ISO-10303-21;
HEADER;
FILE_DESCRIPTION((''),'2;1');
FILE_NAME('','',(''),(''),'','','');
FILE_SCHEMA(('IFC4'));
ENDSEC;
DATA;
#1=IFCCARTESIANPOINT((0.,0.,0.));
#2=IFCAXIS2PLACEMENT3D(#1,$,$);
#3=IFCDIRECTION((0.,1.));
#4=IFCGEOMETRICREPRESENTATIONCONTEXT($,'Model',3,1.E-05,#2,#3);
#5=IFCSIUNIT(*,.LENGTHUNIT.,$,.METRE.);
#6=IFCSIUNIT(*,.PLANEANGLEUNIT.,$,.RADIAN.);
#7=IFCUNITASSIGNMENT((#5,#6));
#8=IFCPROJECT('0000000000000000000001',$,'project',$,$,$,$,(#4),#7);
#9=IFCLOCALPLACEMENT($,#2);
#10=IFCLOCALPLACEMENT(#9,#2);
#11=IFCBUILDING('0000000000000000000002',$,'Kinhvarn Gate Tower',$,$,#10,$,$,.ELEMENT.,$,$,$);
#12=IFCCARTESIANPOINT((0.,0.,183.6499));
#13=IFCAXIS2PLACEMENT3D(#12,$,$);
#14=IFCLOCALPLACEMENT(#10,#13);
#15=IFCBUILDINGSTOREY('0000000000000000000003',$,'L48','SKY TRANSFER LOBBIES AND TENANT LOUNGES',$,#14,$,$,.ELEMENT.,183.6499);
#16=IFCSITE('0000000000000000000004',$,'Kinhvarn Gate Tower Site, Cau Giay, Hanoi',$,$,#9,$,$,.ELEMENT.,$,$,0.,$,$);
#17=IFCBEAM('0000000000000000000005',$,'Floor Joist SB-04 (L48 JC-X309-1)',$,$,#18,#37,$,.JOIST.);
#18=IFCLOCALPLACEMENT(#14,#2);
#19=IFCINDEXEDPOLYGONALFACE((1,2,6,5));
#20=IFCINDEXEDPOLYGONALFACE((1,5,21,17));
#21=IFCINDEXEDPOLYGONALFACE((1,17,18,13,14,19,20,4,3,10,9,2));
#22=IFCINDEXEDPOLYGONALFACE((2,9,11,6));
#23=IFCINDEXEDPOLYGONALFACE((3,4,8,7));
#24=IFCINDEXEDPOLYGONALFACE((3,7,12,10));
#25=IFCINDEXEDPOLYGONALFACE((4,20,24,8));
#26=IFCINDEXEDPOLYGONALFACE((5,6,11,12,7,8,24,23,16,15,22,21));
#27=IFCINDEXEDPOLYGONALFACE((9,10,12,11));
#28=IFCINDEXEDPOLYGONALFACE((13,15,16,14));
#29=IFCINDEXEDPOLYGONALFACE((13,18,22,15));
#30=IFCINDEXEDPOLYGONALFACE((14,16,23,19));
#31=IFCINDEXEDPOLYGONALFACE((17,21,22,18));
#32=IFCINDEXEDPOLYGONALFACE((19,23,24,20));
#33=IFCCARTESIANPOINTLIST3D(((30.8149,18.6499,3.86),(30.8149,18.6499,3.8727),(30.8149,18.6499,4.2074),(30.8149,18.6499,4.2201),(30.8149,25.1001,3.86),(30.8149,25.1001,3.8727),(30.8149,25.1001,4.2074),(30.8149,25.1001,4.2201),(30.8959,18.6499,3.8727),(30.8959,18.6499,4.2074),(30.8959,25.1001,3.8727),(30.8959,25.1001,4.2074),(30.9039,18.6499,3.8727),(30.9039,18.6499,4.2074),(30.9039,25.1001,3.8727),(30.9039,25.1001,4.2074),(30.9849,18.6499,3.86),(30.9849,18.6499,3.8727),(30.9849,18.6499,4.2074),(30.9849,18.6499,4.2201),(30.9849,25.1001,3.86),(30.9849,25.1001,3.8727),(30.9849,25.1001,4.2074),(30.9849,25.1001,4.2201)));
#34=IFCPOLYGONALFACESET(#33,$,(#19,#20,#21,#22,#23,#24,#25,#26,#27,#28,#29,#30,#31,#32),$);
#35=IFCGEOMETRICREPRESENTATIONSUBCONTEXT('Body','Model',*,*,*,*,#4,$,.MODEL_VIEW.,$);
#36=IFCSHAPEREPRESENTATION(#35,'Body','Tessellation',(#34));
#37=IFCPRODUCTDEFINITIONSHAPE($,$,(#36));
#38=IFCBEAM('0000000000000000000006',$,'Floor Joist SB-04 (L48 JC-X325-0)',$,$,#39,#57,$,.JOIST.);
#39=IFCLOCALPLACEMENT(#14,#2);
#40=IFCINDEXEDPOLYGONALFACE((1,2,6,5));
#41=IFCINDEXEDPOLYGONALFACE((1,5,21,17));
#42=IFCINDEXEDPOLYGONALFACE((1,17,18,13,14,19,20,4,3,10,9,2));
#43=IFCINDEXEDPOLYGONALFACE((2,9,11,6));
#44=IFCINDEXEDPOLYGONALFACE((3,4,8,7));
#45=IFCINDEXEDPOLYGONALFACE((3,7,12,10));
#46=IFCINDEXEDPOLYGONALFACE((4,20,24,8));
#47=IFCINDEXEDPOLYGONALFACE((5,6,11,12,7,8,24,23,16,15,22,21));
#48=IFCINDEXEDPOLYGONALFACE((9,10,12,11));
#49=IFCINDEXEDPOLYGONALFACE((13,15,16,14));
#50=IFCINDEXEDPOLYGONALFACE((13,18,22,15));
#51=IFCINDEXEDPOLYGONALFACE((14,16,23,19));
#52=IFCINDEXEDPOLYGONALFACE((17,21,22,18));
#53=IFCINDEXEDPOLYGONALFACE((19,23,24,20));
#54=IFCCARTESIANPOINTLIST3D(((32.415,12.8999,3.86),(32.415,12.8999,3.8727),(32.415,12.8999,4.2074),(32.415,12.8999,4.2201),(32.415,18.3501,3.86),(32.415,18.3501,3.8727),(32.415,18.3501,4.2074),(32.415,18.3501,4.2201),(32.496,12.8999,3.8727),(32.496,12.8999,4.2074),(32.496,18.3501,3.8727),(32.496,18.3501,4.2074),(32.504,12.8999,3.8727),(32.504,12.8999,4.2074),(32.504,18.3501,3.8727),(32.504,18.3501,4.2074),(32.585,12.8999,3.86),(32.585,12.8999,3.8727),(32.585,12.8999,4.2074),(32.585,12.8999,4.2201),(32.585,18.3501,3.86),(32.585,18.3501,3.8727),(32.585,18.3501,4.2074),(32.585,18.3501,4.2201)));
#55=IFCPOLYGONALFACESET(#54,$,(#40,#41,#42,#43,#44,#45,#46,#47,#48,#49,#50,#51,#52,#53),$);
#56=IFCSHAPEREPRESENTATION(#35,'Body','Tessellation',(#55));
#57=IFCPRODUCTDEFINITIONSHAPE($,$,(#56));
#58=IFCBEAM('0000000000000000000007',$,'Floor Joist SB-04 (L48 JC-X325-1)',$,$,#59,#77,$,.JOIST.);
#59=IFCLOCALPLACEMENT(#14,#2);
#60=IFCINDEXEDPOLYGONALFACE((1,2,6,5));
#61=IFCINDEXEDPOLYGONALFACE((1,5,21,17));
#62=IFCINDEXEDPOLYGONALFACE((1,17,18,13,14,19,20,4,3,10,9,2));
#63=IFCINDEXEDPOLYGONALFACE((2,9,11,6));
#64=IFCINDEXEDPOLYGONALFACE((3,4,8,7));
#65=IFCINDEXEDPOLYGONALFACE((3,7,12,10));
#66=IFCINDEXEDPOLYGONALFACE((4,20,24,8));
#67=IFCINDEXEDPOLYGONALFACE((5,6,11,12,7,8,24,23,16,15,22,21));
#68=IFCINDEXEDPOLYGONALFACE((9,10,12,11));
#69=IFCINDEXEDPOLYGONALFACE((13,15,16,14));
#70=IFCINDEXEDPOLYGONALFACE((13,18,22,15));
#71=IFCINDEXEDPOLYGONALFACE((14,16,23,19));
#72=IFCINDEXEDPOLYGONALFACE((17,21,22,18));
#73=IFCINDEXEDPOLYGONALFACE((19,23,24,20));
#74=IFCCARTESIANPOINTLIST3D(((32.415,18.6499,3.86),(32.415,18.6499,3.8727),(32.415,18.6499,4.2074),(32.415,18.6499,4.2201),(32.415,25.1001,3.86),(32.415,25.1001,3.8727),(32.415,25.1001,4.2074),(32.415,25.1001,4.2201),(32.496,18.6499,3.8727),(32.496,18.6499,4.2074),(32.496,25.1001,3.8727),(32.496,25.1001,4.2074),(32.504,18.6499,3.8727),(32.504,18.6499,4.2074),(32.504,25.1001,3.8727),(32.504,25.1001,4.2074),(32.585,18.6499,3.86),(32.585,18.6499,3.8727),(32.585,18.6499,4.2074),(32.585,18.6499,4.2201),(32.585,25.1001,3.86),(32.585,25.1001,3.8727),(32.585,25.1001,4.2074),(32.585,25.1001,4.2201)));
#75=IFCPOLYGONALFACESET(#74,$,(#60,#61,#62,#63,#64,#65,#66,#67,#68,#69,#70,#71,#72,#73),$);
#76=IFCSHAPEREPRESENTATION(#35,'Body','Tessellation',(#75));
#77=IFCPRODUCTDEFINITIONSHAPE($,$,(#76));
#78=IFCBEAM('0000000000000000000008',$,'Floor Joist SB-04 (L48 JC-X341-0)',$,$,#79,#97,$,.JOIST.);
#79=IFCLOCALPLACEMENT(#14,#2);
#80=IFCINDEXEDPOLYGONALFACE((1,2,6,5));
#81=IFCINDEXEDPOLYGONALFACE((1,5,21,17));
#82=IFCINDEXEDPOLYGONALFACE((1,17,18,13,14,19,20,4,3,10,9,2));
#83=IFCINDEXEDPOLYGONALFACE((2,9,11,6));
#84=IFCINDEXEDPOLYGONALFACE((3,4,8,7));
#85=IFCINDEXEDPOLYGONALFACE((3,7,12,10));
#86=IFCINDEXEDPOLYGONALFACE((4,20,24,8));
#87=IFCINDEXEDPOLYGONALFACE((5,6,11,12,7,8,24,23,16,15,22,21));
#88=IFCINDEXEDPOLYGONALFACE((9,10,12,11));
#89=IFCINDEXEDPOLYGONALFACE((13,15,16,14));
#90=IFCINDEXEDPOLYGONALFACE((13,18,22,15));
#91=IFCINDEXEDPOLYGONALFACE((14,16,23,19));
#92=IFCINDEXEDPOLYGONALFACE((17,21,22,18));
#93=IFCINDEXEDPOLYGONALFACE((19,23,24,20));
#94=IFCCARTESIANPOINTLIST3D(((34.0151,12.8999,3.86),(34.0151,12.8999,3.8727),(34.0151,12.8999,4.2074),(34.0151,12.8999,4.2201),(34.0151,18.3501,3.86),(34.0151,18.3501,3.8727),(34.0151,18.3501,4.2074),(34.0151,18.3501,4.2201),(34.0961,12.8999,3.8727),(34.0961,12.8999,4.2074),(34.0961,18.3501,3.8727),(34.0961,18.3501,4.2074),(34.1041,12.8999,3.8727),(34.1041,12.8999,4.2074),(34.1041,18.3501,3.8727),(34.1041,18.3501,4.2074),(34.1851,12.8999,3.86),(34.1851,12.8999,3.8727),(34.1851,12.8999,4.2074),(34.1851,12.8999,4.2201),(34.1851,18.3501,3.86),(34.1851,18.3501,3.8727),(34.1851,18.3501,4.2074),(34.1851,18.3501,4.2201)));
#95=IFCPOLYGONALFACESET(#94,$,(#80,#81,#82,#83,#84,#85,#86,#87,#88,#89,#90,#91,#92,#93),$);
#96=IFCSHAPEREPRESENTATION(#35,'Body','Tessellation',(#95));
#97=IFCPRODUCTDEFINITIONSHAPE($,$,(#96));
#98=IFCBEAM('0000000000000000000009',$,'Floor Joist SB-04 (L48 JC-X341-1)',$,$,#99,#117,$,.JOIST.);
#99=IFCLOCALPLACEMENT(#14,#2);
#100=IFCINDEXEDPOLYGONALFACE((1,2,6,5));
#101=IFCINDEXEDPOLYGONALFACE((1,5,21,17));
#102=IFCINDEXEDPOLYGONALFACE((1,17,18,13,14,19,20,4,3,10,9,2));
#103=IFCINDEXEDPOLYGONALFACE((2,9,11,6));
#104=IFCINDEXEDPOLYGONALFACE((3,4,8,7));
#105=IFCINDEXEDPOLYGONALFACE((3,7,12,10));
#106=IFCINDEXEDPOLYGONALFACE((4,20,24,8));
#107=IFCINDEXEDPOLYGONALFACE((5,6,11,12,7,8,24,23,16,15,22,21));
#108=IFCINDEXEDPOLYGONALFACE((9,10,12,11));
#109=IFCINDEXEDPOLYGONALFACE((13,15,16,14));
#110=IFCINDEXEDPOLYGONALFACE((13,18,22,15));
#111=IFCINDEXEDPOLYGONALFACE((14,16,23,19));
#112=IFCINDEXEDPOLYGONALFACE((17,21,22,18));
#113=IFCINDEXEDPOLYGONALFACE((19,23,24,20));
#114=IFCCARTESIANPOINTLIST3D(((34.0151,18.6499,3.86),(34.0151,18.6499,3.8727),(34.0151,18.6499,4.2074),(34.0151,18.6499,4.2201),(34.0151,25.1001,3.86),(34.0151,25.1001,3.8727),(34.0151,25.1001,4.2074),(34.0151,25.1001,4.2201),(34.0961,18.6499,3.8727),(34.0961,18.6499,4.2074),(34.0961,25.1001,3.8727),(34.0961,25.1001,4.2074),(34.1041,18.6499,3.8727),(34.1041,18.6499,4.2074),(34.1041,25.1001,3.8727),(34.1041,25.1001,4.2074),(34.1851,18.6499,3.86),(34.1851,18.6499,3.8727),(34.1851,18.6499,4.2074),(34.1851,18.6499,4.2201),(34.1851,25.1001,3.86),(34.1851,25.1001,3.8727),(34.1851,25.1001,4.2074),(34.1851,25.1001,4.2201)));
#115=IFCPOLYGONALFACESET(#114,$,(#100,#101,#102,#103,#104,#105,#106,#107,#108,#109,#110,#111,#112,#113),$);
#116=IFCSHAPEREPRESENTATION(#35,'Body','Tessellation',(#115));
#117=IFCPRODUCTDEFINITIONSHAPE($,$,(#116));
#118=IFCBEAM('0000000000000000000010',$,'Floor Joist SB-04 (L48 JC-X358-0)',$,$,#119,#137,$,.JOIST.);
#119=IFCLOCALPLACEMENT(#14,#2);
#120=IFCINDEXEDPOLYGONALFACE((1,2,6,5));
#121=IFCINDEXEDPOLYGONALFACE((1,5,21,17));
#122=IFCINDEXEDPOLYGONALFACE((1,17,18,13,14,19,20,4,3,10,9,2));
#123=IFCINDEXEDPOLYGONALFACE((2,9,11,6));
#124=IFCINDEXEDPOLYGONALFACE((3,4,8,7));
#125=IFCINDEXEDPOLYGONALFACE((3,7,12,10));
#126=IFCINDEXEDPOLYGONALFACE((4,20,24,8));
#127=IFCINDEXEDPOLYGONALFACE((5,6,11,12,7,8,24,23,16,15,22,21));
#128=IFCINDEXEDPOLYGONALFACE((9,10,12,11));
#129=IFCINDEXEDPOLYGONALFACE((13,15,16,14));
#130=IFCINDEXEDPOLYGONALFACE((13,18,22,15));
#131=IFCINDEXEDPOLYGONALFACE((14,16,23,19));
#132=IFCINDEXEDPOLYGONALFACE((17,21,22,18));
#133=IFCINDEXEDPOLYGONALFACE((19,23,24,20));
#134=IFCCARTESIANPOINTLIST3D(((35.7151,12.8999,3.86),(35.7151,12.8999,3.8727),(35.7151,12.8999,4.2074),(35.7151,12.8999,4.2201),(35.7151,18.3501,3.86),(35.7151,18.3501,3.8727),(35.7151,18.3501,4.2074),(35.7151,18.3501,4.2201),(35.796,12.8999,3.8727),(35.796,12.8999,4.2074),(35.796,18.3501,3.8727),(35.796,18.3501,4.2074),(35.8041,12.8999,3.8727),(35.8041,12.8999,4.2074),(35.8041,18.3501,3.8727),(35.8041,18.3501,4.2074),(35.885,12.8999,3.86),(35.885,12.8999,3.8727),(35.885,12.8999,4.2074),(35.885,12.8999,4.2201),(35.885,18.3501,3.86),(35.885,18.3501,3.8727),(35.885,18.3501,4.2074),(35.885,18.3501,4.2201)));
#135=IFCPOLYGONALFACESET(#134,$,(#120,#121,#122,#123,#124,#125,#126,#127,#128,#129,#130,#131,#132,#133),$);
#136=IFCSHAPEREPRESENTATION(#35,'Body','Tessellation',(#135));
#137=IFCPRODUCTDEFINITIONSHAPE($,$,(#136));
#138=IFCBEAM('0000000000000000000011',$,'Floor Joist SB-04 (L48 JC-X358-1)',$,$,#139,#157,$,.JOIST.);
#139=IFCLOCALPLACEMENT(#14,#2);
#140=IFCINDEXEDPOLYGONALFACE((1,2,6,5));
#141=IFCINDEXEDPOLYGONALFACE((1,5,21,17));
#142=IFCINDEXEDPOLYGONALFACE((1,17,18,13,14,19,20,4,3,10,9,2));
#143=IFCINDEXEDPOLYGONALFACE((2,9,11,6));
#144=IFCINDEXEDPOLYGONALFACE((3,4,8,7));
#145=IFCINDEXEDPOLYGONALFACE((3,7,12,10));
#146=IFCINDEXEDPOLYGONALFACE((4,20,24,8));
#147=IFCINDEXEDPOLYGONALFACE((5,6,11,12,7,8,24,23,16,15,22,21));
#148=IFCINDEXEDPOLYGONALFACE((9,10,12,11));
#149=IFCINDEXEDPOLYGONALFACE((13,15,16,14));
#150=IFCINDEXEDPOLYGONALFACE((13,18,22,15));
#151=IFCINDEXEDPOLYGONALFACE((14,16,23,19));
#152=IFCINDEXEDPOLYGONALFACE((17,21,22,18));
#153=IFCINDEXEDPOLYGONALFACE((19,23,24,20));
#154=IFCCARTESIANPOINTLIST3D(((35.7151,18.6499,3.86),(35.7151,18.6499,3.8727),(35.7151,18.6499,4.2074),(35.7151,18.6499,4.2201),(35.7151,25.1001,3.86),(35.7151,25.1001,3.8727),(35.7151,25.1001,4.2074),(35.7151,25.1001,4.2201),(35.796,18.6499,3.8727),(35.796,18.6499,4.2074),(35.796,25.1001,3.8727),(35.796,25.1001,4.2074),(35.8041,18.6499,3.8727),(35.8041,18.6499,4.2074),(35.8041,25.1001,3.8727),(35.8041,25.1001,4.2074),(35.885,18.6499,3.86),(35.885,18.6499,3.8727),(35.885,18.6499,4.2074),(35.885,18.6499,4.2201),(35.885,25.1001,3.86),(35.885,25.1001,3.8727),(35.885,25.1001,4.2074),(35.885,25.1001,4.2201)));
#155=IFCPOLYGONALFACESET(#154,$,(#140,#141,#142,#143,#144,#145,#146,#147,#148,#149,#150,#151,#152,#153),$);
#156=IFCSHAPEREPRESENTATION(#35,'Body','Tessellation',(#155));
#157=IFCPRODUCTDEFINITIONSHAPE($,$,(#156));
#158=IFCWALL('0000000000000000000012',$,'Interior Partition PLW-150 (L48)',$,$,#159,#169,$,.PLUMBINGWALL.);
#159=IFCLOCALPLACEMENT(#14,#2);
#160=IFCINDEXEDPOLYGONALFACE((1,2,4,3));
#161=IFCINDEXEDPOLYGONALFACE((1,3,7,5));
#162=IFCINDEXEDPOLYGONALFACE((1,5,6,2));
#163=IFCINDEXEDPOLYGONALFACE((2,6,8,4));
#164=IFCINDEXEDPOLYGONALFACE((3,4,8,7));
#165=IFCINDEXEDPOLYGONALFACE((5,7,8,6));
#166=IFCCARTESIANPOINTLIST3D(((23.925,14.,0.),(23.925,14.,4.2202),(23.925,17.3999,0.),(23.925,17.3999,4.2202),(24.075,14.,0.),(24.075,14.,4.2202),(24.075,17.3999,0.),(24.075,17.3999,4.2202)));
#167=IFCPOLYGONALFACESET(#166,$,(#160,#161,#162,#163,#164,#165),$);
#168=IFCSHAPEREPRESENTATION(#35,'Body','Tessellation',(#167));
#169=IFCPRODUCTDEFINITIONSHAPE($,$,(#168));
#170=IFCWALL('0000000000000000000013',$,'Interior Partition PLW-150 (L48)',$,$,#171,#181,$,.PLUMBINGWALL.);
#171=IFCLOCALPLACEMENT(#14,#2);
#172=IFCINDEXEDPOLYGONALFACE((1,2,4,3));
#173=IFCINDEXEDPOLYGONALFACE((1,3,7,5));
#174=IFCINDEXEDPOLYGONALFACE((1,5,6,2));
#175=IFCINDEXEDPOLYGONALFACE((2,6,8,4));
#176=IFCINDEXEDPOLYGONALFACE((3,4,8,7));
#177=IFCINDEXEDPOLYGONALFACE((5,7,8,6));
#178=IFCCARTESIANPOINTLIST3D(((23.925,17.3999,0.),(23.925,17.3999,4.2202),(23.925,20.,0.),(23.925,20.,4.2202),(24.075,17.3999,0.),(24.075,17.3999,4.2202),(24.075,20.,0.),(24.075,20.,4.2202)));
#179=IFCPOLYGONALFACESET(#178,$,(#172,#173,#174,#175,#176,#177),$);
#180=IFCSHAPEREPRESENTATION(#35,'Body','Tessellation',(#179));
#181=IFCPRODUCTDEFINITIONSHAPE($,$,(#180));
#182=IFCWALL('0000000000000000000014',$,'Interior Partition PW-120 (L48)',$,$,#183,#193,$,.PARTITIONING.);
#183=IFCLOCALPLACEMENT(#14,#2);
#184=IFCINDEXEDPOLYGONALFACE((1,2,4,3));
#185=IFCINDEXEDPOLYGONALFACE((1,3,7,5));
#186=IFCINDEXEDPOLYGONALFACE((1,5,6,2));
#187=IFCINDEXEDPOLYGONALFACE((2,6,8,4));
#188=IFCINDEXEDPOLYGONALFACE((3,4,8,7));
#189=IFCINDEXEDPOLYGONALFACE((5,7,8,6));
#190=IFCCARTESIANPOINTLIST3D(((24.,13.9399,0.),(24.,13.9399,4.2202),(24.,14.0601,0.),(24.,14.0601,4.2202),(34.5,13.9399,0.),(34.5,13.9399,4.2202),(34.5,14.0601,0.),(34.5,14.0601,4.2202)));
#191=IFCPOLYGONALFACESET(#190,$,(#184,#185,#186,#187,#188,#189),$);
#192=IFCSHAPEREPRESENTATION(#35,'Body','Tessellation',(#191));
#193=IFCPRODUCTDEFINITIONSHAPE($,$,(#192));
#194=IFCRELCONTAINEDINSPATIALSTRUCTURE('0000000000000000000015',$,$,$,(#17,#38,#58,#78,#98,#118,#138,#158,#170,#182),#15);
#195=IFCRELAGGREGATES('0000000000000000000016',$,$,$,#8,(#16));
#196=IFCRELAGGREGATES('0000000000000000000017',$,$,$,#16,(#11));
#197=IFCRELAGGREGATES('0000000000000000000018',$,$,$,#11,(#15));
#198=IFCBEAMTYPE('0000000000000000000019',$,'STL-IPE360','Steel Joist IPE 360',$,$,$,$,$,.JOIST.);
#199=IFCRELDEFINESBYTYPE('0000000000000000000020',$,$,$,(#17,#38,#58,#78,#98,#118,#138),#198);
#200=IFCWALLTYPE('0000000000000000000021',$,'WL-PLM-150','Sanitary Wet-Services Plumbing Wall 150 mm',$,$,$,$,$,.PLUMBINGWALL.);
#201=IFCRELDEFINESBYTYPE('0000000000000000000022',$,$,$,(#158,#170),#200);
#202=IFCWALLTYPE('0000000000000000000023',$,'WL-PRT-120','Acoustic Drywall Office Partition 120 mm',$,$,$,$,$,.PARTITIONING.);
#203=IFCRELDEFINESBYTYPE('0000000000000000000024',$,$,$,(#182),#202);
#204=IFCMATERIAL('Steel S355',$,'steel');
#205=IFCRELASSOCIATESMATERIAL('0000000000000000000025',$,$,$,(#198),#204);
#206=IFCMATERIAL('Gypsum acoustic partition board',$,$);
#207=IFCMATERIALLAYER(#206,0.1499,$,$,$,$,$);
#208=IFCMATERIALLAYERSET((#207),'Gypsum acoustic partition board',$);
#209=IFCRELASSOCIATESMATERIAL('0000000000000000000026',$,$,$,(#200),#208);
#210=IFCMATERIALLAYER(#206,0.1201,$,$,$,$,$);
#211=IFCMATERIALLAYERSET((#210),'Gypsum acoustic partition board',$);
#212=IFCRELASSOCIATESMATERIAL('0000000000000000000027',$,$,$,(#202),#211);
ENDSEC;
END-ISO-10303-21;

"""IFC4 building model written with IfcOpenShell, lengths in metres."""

from ifc_helpers import new_model, si_unit, direction, frame, frame_2d, origin, origin_2d, place, context, subcontext, project, spatial, rectangle, i_section, extrude, material, layer, layer_set, material_profile, profile_set, type_object, element, save


model = new_model("IFC4")

# Units and contexts
model_context = context("Model", 3, precision=1e-05, world=origin(), true_north=direction((0.0, 1.0)))
body_context = subcontext(model_context, "Body", "Model", "MODEL_VIEW")
ifc_project = project(units=[si_unit("LENGTHUNIT", "METRE"), si_unit("PLANEANGLEUNIT", "RADIAN")], contexts=[model_context])

# Site, building, storey
site_placement = place(None, origin())
site = spatial("IfcSite", under=ifc_project, at=site_placement, Name="Kinhvarn Gate Tower Site, Cau Giay, Hanoi", CompositionType="ELEMENT", RefElevation=0.0)
building_placement = place(site_placement, origin())
building = spatial("IfcBuilding", under=site, at=building_placement, Name="Kinhvarn Gate Tower", CompositionType="ELEMENT")
storey_placement = place(building_placement, frame((0.0, 0.0, 183.6499)))
storey = spatial("IfcBuildingStorey", under=building, at=storey_placement, Name="L48", Description="SKY TRANSFER LOBBIES AND TENANT LOUNGES", CompositionType="ELEMENT", Elevation=183.6499)

# Beams
ifc_material_1 = material(Name="Steel S355", Category="steel")
ifc_material_profile = material_profile(ifc_material_1, i_section(OverallWidth=0.1699, OverallDepth=0.3601, WebThickness=0.0081, FlangeThickness=0.0127, at=origin_2d()), Name="IPE 360")
ifc_profile_set = profile_set([ifc_material_profile], Name="Steel S355")
beam_type = type_object("IfcBeamType", Name="STL-IPE360", Description="Steel Joist IPE 360", PredefinedType="JOIST", material=ifc_profile_set)
beam_1_placement = place(storey_placement, frame((30.8999, 18.6499, 4.04), z_axis=(0.0, 1.0, 0.0), x_axis=(-1.0, 0.0, 0.0)))
element("IfcBeam", 1, at=beam_1_placement, inside=storey, type_object=beam_type, Name="Floor Joist SB-04 (L48 JC-X309-1)", PredefinedType="JOIST", context=body_context, shape_type="SweptSolid", body=[
    extrude(i_section(OverallWidth=0.1699, OverallDepth=0.3601, WebThickness=0.0081, FlangeThickness=0.0127, at=origin_2d()), origin(), (0.0, 0.0, 1.0), 6.4502),
])
beam_2_placement = place(storey_placement, frame((32.5, 12.8999, 4.04), z_axis=(0.0, 1.0, 0.0), x_axis=(-1.0, 0.0, 0.0)))
element("IfcBeam", 2, at=beam_2_placement, inside=storey, type_object=beam_type, Name="Floor Joist SB-04 (L48 JC-X325-0)", PredefinedType="JOIST", context=body_context, shape_type="SweptSolid", body=[
    extrude(i_section(OverallWidth=0.1699, OverallDepth=0.3601, WebThickness=0.0081, FlangeThickness=0.0127, at=origin_2d()), origin(), (0.0, 0.0, 1.0), 5.4502),
])
beam_3_placement = place(storey_placement, frame((32.5, 18.6499, 4.04), z_axis=(0.0, 1.0, 0.0), x_axis=(-1.0, 0.0, 0.0)))
element("IfcBeam", 3, at=beam_3_placement, inside=storey, type_object=beam_type, Name="Floor Joist SB-04 (L48 JC-X325-1)", PredefinedType="JOIST", context=body_context, shape_type="SweptSolid", body=[
    extrude(i_section(OverallWidth=0.1699, OverallDepth=0.3601, WebThickness=0.0081, FlangeThickness=0.0127, at=origin_2d()), origin(), (0.0, 0.0, 1.0), 6.4502),
])
beam_4_placement = place(storey_placement, frame((34.1001, 12.8999, 4.04), z_axis=(0.0, 1.0, 0.0), x_axis=(-1.0, 0.0, 0.0)))
element("IfcBeam", 4, at=beam_4_placement, inside=storey, type_object=beam_type, Name="Floor Joist SB-04 (L48 JC-X341-0)", PredefinedType="JOIST", context=body_context, shape_type="SweptSolid", body=[
    extrude(i_section(OverallWidth=0.1699, OverallDepth=0.3601, WebThickness=0.0081, FlangeThickness=0.0127, at=origin_2d()), origin(), (0.0, 0.0, 1.0), 5.4502),
])
beam_5_placement = place(storey_placement, frame((34.1001, 18.6499, 4.04), z_axis=(0.0, 1.0, 0.0), x_axis=(-1.0, 0.0, 0.0)))
element("IfcBeam", 5, at=beam_5_placement, inside=storey, type_object=beam_type, Name="Floor Joist SB-04 (L48 JC-X341-1)", PredefinedType="JOIST", context=body_context, shape_type="SweptSolid", body=[
    extrude(i_section(OverallWidth=0.1699, OverallDepth=0.3601, WebThickness=0.0081, FlangeThickness=0.0127, at=origin_2d()), origin(), (0.0, 0.0, 1.0), 6.4502),
])
beam_6_placement = place(storey_placement, frame((35.8, 12.8999, 4.04), z_axis=(0.0, 1.0, 0.0), x_axis=(-1.0, 0.0, 0.0)))
element("IfcBeam", 6, at=beam_6_placement, inside=storey, type_object=beam_type, Name="Floor Joist SB-04 (L48 JC-X358-0)", PredefinedType="JOIST", context=body_context, shape_type="SweptSolid", body=[
    extrude(i_section(OverallWidth=0.1699, OverallDepth=0.3601, WebThickness=0.0081, FlangeThickness=0.0127, at=origin_2d()), origin(), (0.0, 0.0, 1.0), 5.4502),
])
beam_7_placement = place(storey_placement, frame((35.8, 18.6499, 4.04), z_axis=(0.0, 1.0, 0.0), x_axis=(-1.0, 0.0, 0.0)))
element("IfcBeam", 7, at=beam_7_placement, inside=storey, type_object=beam_type, Name="Floor Joist SB-04 (L48 JC-X358-1)", PredefinedType="JOIST", context=body_context, shape_type="SweptSolid", body=[
    extrude(i_section(OverallWidth=0.1699, OverallDepth=0.3601, WebThickness=0.0081, FlangeThickness=0.0127, at=origin_2d()), origin(), (0.0, 0.0, 1.0), 6.4502),
])

# Walls
ifc_material_2 = material(Name="Gypsum acoustic partition board")
ifc_layer_1 = layer(ifc_material_2, 0.1499)
ifc_layer_set_1 = layer_set([ifc_layer_1], Name="Gypsum acoustic partition board")
wall_type_1 = type_object("IfcWallType", Name="WL-PLM-150", Description="Sanitary Wet-Services Plumbing Wall 150 mm", PredefinedType="PLUMBINGWALL", material=ifc_layer_set_1)
wall_1_placement = place(storey_placement, frame((24.0, 14.0, 0.0), z_axis=(0.0, 0.0, 1.0), x_axis=(0.0, 1.0, 0.0)))
element("IfcWall", 8, at=wall_1_placement, inside=storey, type_object=wall_type_1, Name="Interior Partition PLW-150 (L48)", PredefinedType="PLUMBINGWALL", context=body_context, shape_type="SweptSolid", body=[
    extrude(rectangle(XDim=3.3999, YDim=0.1499, at=frame_2d((1.7, 0.0))), origin(), (0.0, 0.0, 1.0), 4.2202),
])
wall_2_placement = place(storey_placement, frame((24.0, 17.3999, 0.0), z_axis=(0.0, 0.0, 1.0), x_axis=(0.0, 1.0, 0.0)))
element("IfcWall", 9, at=wall_2_placement, inside=storey, type_object=wall_type_1, Name="Interior Partition PLW-150 (L48)", PredefinedType="PLUMBINGWALL", context=body_context, shape_type="SweptSolid", body=[
    extrude(rectangle(XDim=2.6001, YDim=0.1499, at=frame_2d((1.3, 0.0))), origin(), (0.0, 0.0, 1.0), 4.2202),
])
ifc_layer_2 = layer(ifc_material_2, 0.1201)
ifc_layer_set_2 = layer_set([ifc_layer_2], Name="Gypsum acoustic partition board")
wall_type_2 = type_object("IfcWallType", Name="WL-PRT-120", Description="Acoustic Drywall Office Partition 120 mm", PredefinedType="PARTITIONING", material=ifc_layer_set_2)
wall_3_placement = place(storey_placement, frame((24.0, 14.0, 0.0), z_axis=(0.0, 0.0, 1.0), x_axis=(1.0, 0.0, 0.0)))
element("IfcWall", 10, at=wall_3_placement, inside=storey, type_object=wall_type_2, Name="Interior Partition PW-120 (L48)", PredefinedType="PARTITIONING", context=body_context, shape_type="SweptSolid", body=[
    extrude(rectangle(XDim=10.5, YDim=0.1201, at=frame_2d((5.25, 0.0))), origin(), (0.0, 0.0, 1.0), 4.2202),
])

save(model, "model.ifc")
